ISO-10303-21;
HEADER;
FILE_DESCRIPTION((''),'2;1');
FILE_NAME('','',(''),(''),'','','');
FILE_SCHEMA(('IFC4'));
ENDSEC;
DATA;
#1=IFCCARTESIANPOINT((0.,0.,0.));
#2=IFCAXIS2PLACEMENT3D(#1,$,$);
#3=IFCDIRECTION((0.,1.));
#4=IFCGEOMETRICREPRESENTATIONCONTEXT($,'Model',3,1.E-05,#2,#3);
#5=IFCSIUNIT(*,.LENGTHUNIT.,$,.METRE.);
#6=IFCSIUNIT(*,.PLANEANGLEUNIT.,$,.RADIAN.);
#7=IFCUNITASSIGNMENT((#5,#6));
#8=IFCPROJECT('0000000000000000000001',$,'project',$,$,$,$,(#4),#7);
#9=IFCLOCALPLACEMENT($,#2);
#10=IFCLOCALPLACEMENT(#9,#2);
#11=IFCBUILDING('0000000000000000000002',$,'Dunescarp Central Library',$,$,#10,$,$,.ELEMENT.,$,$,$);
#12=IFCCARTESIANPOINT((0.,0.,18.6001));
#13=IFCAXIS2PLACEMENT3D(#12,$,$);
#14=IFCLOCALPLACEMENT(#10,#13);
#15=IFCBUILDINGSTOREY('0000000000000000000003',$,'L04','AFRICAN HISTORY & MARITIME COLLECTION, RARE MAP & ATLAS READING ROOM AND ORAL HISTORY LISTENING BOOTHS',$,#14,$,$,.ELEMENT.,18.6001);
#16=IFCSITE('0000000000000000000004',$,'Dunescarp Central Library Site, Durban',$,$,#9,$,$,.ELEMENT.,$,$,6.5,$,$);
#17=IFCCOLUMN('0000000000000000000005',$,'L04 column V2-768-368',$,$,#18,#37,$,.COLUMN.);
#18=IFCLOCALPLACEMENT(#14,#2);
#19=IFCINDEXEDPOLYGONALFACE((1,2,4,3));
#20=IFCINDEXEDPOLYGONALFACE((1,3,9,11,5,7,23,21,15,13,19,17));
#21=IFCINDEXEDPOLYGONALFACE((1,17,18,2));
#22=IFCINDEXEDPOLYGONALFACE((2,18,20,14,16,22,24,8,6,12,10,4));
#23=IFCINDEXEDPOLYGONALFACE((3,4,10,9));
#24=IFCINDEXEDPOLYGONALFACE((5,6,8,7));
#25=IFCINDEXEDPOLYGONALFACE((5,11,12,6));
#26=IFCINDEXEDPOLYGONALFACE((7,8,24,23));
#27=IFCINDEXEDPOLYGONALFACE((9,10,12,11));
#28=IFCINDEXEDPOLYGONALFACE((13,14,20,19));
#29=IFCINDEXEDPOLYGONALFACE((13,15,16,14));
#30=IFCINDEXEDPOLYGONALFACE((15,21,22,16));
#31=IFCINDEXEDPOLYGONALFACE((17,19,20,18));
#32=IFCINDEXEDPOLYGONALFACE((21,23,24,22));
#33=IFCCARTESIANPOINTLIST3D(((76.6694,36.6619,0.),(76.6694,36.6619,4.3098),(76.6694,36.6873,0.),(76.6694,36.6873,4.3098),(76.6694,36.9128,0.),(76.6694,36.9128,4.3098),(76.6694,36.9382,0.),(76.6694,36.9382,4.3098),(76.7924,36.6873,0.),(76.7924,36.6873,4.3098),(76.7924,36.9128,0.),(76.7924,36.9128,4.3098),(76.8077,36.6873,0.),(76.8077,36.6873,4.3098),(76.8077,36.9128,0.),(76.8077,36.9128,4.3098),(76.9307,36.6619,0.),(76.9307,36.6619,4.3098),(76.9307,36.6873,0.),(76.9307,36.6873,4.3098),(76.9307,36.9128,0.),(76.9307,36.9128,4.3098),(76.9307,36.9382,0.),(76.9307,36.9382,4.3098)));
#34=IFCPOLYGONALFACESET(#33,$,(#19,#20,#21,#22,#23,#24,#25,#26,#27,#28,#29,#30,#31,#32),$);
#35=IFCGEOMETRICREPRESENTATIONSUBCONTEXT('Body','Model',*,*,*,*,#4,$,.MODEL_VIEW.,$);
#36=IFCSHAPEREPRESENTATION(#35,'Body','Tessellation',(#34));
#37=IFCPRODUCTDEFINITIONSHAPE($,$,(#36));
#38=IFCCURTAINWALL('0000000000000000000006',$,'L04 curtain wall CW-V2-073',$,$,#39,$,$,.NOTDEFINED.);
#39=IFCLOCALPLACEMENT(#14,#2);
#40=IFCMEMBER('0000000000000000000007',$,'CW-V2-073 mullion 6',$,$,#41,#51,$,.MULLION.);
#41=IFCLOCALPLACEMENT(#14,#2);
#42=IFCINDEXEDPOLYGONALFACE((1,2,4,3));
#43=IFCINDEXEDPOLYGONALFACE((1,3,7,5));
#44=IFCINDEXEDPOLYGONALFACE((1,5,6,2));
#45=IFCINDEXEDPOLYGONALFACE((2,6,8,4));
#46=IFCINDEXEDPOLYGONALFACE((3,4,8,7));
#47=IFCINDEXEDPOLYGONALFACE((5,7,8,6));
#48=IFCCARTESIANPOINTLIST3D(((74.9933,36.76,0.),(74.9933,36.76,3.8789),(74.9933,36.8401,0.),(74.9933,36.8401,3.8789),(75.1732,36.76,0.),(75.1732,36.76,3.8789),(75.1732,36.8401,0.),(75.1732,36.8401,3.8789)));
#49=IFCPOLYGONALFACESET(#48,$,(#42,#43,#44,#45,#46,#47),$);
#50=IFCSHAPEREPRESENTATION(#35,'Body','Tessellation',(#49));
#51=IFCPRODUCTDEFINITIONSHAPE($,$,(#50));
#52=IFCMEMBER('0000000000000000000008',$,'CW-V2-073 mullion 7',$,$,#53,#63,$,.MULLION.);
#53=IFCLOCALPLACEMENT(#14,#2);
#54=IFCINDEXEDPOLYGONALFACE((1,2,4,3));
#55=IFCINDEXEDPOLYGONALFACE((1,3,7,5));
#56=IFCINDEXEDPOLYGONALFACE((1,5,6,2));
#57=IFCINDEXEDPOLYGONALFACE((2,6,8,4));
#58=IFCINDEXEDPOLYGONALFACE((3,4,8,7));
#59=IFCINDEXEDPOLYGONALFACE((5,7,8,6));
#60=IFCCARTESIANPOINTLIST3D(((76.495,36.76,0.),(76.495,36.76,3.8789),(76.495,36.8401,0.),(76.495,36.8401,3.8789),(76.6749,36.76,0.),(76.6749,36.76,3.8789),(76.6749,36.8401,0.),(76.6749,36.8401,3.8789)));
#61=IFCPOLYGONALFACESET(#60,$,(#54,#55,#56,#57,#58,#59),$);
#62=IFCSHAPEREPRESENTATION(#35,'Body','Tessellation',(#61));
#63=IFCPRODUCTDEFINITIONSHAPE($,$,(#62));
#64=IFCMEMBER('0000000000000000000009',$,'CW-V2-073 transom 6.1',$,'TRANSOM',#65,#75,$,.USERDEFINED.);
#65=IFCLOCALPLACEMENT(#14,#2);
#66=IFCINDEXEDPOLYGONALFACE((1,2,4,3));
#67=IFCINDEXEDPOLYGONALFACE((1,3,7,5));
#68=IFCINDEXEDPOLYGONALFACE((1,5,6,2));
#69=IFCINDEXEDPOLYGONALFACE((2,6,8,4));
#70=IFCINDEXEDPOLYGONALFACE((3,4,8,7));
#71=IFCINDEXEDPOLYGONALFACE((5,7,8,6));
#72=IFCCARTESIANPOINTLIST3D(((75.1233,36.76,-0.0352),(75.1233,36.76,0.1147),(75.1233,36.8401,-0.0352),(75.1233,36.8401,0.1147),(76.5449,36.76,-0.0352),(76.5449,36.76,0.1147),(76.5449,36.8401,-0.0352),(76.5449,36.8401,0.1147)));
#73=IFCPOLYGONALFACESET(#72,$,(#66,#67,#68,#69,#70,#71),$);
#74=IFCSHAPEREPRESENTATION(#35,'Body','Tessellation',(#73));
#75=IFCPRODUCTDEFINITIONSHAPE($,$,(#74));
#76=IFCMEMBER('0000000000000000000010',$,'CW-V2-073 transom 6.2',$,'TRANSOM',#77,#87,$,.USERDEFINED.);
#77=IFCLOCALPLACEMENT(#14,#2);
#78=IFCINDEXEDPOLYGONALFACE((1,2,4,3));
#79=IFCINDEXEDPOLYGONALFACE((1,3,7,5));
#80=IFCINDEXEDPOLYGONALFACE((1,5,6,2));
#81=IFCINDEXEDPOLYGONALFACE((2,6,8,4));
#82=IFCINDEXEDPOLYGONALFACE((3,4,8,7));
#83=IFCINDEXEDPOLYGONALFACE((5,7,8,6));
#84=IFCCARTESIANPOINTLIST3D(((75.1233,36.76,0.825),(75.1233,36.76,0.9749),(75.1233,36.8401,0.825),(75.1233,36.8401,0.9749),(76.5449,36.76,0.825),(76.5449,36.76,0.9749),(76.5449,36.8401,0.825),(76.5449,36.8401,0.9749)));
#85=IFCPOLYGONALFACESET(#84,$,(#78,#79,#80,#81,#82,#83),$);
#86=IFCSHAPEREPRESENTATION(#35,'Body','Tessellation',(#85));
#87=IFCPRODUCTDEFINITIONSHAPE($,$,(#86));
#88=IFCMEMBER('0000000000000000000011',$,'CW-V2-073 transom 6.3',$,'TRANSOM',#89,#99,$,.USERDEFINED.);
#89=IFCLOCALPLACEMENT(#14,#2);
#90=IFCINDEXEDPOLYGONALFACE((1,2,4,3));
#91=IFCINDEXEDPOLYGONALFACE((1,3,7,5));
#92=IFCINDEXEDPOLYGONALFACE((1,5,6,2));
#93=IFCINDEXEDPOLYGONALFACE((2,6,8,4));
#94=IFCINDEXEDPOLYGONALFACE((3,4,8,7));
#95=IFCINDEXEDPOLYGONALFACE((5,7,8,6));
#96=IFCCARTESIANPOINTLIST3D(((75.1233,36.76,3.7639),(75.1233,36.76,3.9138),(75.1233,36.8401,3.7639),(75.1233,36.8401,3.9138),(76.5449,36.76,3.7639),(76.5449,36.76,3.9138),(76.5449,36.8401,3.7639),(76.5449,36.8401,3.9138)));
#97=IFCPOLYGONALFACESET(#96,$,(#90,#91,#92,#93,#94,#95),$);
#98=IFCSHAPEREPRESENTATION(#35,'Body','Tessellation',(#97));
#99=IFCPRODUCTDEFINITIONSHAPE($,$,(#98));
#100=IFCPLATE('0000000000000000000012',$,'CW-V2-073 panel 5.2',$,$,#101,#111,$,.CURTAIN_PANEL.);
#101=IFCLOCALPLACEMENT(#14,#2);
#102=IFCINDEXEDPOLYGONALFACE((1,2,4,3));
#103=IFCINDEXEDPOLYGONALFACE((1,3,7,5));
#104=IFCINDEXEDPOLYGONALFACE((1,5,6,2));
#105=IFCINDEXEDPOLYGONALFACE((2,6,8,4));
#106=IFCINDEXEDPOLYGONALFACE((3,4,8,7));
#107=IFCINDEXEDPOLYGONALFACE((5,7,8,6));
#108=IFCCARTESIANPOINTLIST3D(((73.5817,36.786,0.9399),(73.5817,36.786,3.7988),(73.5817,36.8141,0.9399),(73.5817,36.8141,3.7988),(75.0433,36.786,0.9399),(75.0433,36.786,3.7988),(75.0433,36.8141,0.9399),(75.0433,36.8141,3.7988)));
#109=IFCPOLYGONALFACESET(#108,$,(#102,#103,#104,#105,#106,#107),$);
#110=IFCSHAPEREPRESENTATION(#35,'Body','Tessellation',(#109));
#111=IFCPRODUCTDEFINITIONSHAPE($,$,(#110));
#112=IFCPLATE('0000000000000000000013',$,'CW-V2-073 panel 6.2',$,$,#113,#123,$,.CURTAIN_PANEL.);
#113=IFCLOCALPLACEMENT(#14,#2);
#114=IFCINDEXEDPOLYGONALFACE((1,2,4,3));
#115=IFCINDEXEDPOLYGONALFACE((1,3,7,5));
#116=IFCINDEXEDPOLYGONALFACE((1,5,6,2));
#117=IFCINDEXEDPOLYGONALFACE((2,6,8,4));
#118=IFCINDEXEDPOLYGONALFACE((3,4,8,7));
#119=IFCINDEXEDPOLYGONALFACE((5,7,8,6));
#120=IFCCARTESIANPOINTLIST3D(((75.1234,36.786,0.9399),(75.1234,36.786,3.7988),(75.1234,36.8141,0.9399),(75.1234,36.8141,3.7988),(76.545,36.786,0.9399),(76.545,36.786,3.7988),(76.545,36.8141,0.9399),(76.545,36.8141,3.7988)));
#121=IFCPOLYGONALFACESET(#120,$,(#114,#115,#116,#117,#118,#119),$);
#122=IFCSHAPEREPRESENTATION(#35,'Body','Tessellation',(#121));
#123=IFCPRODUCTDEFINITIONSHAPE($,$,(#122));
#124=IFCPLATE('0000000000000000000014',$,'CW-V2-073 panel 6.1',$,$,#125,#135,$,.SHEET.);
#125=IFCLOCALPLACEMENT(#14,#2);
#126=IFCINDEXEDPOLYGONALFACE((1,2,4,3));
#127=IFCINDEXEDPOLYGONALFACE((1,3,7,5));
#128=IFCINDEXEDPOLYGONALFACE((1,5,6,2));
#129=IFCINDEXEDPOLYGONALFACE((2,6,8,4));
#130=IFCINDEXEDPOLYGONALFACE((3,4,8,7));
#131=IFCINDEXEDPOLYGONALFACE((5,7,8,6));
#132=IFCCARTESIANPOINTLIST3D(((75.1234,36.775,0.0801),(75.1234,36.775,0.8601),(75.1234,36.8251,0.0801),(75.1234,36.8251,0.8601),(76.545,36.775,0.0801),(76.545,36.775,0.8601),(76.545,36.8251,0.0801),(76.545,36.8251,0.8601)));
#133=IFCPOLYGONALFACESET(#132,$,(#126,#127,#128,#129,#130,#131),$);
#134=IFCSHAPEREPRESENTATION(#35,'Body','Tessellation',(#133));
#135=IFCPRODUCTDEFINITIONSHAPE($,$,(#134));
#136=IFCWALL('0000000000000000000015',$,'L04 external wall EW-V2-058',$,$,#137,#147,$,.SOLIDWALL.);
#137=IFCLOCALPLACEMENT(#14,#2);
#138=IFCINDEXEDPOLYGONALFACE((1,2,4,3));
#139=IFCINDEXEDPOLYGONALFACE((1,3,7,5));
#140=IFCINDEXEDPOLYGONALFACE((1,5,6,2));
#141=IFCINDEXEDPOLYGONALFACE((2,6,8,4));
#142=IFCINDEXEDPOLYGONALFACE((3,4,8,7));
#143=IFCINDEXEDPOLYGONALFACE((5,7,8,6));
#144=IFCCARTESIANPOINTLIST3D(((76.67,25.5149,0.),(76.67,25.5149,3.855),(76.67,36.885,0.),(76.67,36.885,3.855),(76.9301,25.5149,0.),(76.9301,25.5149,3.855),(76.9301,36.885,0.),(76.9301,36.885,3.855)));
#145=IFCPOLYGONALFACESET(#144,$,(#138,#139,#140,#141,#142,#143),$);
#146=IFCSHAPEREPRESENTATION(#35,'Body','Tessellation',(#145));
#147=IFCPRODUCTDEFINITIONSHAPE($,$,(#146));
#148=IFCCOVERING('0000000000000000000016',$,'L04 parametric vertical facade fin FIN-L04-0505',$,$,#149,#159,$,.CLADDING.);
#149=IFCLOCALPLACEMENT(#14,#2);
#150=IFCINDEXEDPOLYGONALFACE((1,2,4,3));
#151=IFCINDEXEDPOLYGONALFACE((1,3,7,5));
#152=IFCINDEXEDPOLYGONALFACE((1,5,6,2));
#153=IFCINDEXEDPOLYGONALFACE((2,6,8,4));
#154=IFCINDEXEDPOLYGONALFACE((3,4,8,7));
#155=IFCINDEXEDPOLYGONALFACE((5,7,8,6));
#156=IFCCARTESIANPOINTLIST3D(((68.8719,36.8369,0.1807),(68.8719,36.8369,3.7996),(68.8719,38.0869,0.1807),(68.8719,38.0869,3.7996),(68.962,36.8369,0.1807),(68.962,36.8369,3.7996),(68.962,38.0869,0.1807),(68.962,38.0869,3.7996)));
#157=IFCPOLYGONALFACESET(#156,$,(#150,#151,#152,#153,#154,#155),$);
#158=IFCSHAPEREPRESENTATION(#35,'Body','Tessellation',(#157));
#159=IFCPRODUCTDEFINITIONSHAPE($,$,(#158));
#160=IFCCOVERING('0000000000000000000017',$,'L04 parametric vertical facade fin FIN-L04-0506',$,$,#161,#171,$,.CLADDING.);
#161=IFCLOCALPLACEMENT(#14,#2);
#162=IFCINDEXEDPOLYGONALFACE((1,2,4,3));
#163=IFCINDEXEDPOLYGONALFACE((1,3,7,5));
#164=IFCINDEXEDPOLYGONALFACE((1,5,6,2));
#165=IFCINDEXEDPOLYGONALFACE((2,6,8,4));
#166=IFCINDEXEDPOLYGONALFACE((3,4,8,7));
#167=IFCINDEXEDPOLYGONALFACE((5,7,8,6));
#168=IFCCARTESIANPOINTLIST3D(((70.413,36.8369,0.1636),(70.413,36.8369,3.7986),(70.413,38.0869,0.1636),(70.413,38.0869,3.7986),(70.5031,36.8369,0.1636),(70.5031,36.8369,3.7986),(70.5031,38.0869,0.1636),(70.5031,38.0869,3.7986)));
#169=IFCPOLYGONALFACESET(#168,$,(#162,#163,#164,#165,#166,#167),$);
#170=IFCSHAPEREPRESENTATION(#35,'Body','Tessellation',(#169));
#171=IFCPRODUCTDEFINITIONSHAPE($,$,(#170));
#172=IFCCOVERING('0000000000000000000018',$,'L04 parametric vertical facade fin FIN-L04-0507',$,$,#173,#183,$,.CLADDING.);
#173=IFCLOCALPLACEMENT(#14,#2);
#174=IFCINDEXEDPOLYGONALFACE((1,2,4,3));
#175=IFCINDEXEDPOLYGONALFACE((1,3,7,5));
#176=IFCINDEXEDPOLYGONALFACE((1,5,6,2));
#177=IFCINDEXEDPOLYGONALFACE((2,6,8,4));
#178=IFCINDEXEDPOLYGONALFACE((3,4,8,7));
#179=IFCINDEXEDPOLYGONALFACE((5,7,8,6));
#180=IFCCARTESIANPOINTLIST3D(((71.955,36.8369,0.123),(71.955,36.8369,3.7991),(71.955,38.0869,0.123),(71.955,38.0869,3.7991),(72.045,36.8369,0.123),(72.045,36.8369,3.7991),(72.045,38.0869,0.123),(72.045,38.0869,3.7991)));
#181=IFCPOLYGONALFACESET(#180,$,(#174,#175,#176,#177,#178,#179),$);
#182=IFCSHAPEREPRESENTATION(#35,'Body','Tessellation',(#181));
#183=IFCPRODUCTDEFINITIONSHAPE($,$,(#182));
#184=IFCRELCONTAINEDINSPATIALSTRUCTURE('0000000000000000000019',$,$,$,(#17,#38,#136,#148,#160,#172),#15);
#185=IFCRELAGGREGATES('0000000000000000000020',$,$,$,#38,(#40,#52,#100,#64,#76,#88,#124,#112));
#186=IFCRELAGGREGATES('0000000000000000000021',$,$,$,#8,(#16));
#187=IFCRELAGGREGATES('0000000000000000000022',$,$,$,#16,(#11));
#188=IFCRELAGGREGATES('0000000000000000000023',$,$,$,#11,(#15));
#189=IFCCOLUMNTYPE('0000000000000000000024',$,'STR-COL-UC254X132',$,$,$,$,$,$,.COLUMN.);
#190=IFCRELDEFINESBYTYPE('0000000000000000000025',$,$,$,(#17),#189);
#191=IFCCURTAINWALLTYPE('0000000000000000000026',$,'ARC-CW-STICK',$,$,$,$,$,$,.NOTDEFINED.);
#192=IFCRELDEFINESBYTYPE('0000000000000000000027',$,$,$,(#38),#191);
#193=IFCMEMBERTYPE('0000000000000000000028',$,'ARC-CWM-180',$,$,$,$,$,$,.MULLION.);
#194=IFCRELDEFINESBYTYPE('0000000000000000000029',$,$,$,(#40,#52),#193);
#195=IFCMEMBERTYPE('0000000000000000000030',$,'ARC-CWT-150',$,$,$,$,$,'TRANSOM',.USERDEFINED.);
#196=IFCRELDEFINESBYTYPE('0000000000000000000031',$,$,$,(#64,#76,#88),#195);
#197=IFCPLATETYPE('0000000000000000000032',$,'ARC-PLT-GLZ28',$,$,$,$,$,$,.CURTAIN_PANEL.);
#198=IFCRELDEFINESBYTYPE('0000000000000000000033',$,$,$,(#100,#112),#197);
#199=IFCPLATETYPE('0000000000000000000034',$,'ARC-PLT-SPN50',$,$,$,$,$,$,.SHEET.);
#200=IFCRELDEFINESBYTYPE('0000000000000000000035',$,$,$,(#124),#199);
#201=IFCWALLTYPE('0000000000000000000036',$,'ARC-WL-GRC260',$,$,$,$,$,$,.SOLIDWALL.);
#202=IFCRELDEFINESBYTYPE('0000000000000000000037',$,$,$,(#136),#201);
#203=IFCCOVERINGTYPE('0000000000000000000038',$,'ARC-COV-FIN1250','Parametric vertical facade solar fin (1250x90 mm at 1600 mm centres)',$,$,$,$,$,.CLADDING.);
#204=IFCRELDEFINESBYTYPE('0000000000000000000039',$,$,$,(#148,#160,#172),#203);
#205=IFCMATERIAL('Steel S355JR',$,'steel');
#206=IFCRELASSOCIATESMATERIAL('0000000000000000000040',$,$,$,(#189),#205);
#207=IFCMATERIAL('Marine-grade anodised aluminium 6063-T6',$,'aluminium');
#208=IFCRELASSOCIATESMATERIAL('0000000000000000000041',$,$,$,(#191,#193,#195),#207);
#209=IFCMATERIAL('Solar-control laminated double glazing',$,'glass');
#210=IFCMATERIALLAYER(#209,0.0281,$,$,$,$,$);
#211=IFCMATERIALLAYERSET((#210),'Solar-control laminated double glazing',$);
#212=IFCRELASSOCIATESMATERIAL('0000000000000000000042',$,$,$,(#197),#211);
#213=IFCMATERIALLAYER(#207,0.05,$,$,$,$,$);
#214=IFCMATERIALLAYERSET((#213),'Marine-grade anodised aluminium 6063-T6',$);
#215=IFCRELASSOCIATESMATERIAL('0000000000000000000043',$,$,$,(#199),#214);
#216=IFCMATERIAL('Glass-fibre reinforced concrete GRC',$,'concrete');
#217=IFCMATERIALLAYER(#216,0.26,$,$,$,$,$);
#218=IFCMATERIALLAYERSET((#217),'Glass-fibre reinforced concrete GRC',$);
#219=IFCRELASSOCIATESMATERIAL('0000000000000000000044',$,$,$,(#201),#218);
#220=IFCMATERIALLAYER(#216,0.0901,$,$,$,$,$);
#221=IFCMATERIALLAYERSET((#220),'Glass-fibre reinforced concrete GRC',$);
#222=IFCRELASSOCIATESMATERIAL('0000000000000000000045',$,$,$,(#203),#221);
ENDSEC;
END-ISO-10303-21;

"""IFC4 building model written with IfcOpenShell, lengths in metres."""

from ifc_helpers import new_model, si_unit, direction, frame, frame_2d, origin, origin_2d, place, context, subcontext, project, spatial, rectangle, i_section, extrude, material, layer, layer_set, material_profile, profile_set, type_object, element, aggregate, save


model = new_model("IFC4")

# Units and contexts
model_context = context("Model", 3, precision=1e-05, world=origin(), true_north=direction((0.0, 1.0)))
body_context = subcontext(model_context, "Body", "Model", "MODEL_VIEW")
ifc_project = project(units=[si_unit("LENGTHUNIT", "METRE"), si_unit("PLANEANGLEUNIT", "RADIAN")], contexts=[model_context])

# Site, building, storey
site_placement = place(None, origin())
site = spatial("IfcSite", under=ifc_project, at=site_placement, Name="Dunescarp Central Library Site, Durban", CompositionType="ELEMENT", RefElevation=6.5)
building_placement = place(site_placement, origin())
building = spatial("IfcBuilding", under=site, at=building_placement, Name="Dunescarp Central Library", CompositionType="ELEMENT")
storey_placement = place(building_placement, frame((0.0, 0.0, 18.6001)))
storey = spatial("IfcBuildingStorey", under=building, at=storey_placement, Name="L04", Description="AFRICAN HISTORY & MARITIME COLLECTION, RARE MAP & ATLAS READING ROOM AND ORAL HISTORY LISTENING BOOTHS", CompositionType="ELEMENT", Elevation=18.6001)

# Column
ifc_material_1 = material(Name="Steel S355JR", Category="steel")
ifc_material_profile_1 = material_profile(ifc_material_1, i_section(OverallWidth=0.2612, OverallDepth=0.2764, WebThickness=0.0154, FlangeThickness=0.0254, at=origin_2d()), Name="UC 254x254x132")
ifc_profile_set_1 = profile_set([ifc_material_profile_1], Name="Steel S355JR")
column_type = type_object("IfcColumnType", Name="STR-COL-UC254X132", PredefinedType="COLUMN", material=ifc_profile_set_1)
column_placement = place(storey_placement, frame((76.8, 36.8, 0.0), z_axis=(0.0, 0.0, 1.0), x_axis=(1.0, 0.0, 0.0)))
element("IfcColumn", 1, at=column_placement, inside=storey, type_object=column_type, Name="L04 column V2-768-368", PredefinedType="COLUMN", context=body_context, shape_type="SweptSolid", body=[
    extrude(i_section(OverallWidth=0.2612, OverallDepth=0.2764, WebThickness=0.0154, FlangeThickness=0.0254, at=origin_2d()), origin(), (0.0, 0.0, 1.0), 4.3098),
])

# Curtain wall, members, plates
ifc_material_2 = material(Name="Marine-grade anodised aluminium 6063-T6", Category="aluminium")
curtain_wall_type = type_object("IfcCurtainWallType", Name="ARC-CW-STICK", PredefinedType="NOTDEFINED", material=ifc_material_2)
curtain_wall_placement = place(storey_placement, origin())
curtain_wall = element("IfcCurtainWall", 2, at=curtain_wall_placement, inside=storey, type_object=curtain_wall_type, Name="L04 curtain wall CW-V2-073", PredefinedType="NOTDEFINED")
ifc_material_profile_2 = material_profile(ifc_material_2, rectangle(XDim=0.0801, YDim=0.1799, at=origin_2d()), Name="AL 80x180")
ifc_profile_set_2 = profile_set([ifc_material_profile_2], Name="Marine-grade anodised aluminium 6063-T6")
member_type_1 = type_object("IfcMemberType", Name="ARC-CWM-180", PredefinedType="MULLION", material=ifc_profile_set_2)
member_1_placement = place(storey_placement, frame((75.0833, 36.8, 0.0), z_axis=(0.0, 0.0, 1.0), x_axis=(0.0, 1.0, 0.0)))
member_1 = element("IfcMember", 3, at=member_1_placement, type_object=member_type_1, Name="CW-V2-073 mullion 6", PredefinedType="MULLION", context=body_context, shape_type="SweptSolid", body=[
    extrude(rectangle(XDim=0.0801, YDim=0.1799, at=origin_2d()), origin(), (0.0, 0.0, 1.0), 3.8789),
])
member_2_placement = place(storey_placement, frame((76.585, 36.8, 0.0), z_axis=(0.0, 0.0, 1.0), x_axis=(0.0, 1.0, 0.0)))
member_2 = element("IfcMember", 4, at=member_2_placement, type_object=member_type_1, Name="CW-V2-073 mullion 7", PredefinedType="MULLION", context=body_context, shape_type="SweptSolid", body=[
    extrude(rectangle(XDim=0.0801, YDim=0.1799, at=origin_2d()), origin(), (0.0, 0.0, 1.0), 3.8789),
])
ifc_material_profile_3 = material_profile(ifc_material_2, rectangle(XDim=0.0801, YDim=0.1499, at=origin_2d()), Name="AL 80x150")
ifc_profile_set_3 = profile_set([ifc_material_profile_3], Name="Marine-grade anodised aluminium 6063-T6")
member_type_2 = type_object("IfcMemberType", Name="ARC-CWT-150", ElementType="TRANSOM", PredefinedType="USERDEFINED", material=ifc_profile_set_3)
member_3_placement = place(storey_placement, frame((75.1233, 36.8, 0.0398), z_axis=(1.0, 0.0, 0.0), x_axis=(0.0, 1.0, 0.0)))
member_3 = element("IfcMember", 5, at=member_3_placement, type_object=member_type_2, Name="CW-V2-073 transom 6.1", ObjectType="TRANSOM", PredefinedType="USERDEFINED", context=body_context, shape_type="SweptSolid", body=[
    extrude(rectangle(XDim=0.0801, YDim=0.1499, at=origin_2d()), origin(), (0.0, 0.0, 1.0), 1.4216),
])
member_4_placement = place(storey_placement, frame((75.1233, 36.8, 0.8999), z_axis=(1.0, 0.0, 0.0), x_axis=(0.0, 1.0, 0.0)))
member_4 = element("IfcMember", 6, at=member_4_placement, type_object=member_type_2, Name="CW-V2-073 transom 6.2", ObjectType="TRANSOM", PredefinedType="USERDEFINED", context=body_context, shape_type="SweptSolid", body=[
    extrude(rectangle(XDim=0.0801, YDim=0.1499, at=origin_2d()), origin(), (0.0, 0.0, 1.0), 1.4216),
])
member_5_placement = place(storey_placement, frame((75.1233, 36.8, 3.8389), z_axis=(1.0, 0.0, 0.0), x_axis=(0.0, 1.0, 0.0)))
member_5 = element("IfcMember", 7, at=member_5_placement, type_object=member_type_2, Name="CW-V2-073 transom 6.3", ObjectType="TRANSOM", PredefinedType="USERDEFINED", context=body_context, shape_type="SweptSolid", body=[
    extrude(rectangle(XDim=0.0801, YDim=0.1499, at=origin_2d()), origin(), (0.0, 0.0, 1.0), 1.4216),
])
ifc_material_3 = material(Name="Solar-control laminated double glazing", Category="glass")
ifc_layer_1 = layer(ifc_material_3, 0.0281)
ifc_layer_set_1 = layer_set([ifc_layer_1], Name="Solar-control laminated double glazing")
plate_type_1 = type_object("IfcPlateType", Name="ARC-PLT-GLZ28", PredefinedType="CURTAIN_PANEL", material=ifc_layer_set_1)
plate_1_placement = place(storey_placement, frame((74.3125, 36.8, 0.9399), z_axis=(0.0, 0.0, 1.0), x_axis=(1.0, 0.0, 0.0)))
plate_1 = element("IfcPlate", 8, at=plate_1_placement, type_object=plate_type_1, Name="CW-V2-073 panel 5.2", PredefinedType="CURTAIN_PANEL", context=body_context, shape_type="SweptSolid", body=[
    extrude(rectangle(XDim=1.4617, YDim=0.0281, at=origin_2d()), origin(), (0.0, 0.0, 1.0), 2.8589),
])
plate_2_placement = place(storey_placement, frame((75.8342, 36.8, 0.9399), z_axis=(0.0, 0.0, 1.0), x_axis=(1.0, 0.0, 0.0)))
plate_2 = element("IfcPlate", 9, at=plate_2_placement, type_object=plate_type_1, Name="CW-V2-073 panel 6.2", PredefinedType="CURTAIN_PANEL", context=body_context, shape_type="SweptSolid", body=[
    extrude(rectangle(XDim=1.4216, YDim=0.0281, at=origin_2d()), origin(), (0.0, 0.0, 1.0), 2.8589),
])
ifc_layer_2 = layer(ifc_material_2, 0.05)
ifc_layer_set_2 = layer_set([ifc_layer_2], Name="Marine-grade anodised aluminium 6063-T6")
plate_type_2 = type_object("IfcPlateType", Name="ARC-PLT-SPN50", PredefinedType="SHEET", material=ifc_layer_set_2)
plate_3_placement = place(storey_placement, frame((75.8342, 36.8, 0.0801), z_axis=(0.0, 0.0, 1.0), x_axis=(1.0, 0.0, 0.0)))
plate_3 = element("IfcPlate", 10, at=plate_3_placement, type_object=plate_type_2, Name="CW-V2-073 panel 6.1", PredefinedType="SHEET", context=body_context, shape_type="SweptSolid", body=[
    extrude(rectangle(XDim=1.4216, YDim=0.05, at=origin_2d()), origin(), (0.0, 0.0, 1.0), 0.78),
])
aggregate(curtain_wall, [member_1, member_2, plate_1, member_3, member_4, member_5, plate_3, plate_2])

# Wall
ifc_material_4 = material(Name="Glass-fibre reinforced concrete GRC", Category="concrete")
ifc_layer_3 = layer(ifc_material_4, 0.26)
ifc_layer_set_3 = layer_set([ifc_layer_3], Name="Glass-fibre reinforced concrete GRC")
wall_type = type_object("IfcWallType", Name="ARC-WL-GRC260", PredefinedType="SOLIDWALL", material=ifc_layer_set_3)
wall_placement = place(storey_placement, frame((76.8, 36.885, 0.0), z_axis=(0.0, 0.0, 1.0), x_axis=(0.0, -1.0, 0.0)))
element("IfcWall", 11, at=wall_placement, inside=storey, type_object=wall_type, Name="L04 external wall EW-V2-058", PredefinedType="SOLIDWALL", context=body_context, shape_type="SweptSolid", body=[
    extrude(rectangle(XDim=11.3701, YDim=0.26, at=frame_2d((5.6851, 0.0))), origin(), (0.0, 0.0, 1.0), 3.855),
])

# Coverings
ifc_layer_4 = layer(ifc_material_4, 0.0901)
ifc_layer_set_4 = layer_set([ifc_layer_4], Name="Glass-fibre reinforced concrete GRC")
covering_type_1 = type_object("IfcCoveringType", Name="ARC-COV-FIN1250", Description="Parametric vertical facade solar fin (1250x90 mm at 1600 mm centres)", PredefinedType="CLADDING", material=ifc_layer_set_4)
covering_1_placement = place(storey_placement, frame((68.917, 37.4619, 0.1807), z_axis=(0.0, 0.0, 1.0), x_axis=(0.0, 1.0, 0.0)))
element("IfcCovering", 12, at=covering_1_placement, inside=storey, type_object=covering_type_1, Name="L04 parametric vertical facade fin FIN-L04-0505", PredefinedType="CLADDING", context=body_context, shape_type="SweptSolid", body=[
    extrude(rectangle(XDim=1.25, YDim=0.0901, at=origin_2d()), origin(), (0.0, 0.0, 1.0), 3.6189),
])
covering_2_placement = place(storey_placement, frame((70.458, 37.4619, 0.1636), z_axis=(0.0, 0.0, 1.0), x_axis=(0.0, 1.0, 0.0)))
element("IfcCovering", 13, at=covering_2_placement, inside=storey, type_object=covering_type_1, Name="L04 parametric vertical facade fin FIN-L04-0506", PredefinedType="CLADDING", context=body_context, shape_type="SweptSolid", body=[
    extrude(rectangle(XDim=1.25, YDim=0.0901, at=origin_2d()), origin(), (0.0, 0.0, 1.0), 3.635),
])
covering_3_placement = place(storey_placement, frame((72.0, 37.4619, 0.123), z_axis=(0.0, 0.0, 1.0), x_axis=(0.0, 1.0, 0.0)))
element("IfcCovering", 14, at=covering_3_placement, inside=storey, type_object=covering_type_1, Name="L04 parametric vertical facade fin FIN-L04-0507", PredefinedType="CLADDING", context=body_context, shape_type="SweptSolid", body=[
    extrude(rectangle(XDim=1.25, YDim=0.0901, at=origin_2d()), origin(), (0.0, 0.0, 1.0), 3.676),
])

save(model, "model.ifc")
